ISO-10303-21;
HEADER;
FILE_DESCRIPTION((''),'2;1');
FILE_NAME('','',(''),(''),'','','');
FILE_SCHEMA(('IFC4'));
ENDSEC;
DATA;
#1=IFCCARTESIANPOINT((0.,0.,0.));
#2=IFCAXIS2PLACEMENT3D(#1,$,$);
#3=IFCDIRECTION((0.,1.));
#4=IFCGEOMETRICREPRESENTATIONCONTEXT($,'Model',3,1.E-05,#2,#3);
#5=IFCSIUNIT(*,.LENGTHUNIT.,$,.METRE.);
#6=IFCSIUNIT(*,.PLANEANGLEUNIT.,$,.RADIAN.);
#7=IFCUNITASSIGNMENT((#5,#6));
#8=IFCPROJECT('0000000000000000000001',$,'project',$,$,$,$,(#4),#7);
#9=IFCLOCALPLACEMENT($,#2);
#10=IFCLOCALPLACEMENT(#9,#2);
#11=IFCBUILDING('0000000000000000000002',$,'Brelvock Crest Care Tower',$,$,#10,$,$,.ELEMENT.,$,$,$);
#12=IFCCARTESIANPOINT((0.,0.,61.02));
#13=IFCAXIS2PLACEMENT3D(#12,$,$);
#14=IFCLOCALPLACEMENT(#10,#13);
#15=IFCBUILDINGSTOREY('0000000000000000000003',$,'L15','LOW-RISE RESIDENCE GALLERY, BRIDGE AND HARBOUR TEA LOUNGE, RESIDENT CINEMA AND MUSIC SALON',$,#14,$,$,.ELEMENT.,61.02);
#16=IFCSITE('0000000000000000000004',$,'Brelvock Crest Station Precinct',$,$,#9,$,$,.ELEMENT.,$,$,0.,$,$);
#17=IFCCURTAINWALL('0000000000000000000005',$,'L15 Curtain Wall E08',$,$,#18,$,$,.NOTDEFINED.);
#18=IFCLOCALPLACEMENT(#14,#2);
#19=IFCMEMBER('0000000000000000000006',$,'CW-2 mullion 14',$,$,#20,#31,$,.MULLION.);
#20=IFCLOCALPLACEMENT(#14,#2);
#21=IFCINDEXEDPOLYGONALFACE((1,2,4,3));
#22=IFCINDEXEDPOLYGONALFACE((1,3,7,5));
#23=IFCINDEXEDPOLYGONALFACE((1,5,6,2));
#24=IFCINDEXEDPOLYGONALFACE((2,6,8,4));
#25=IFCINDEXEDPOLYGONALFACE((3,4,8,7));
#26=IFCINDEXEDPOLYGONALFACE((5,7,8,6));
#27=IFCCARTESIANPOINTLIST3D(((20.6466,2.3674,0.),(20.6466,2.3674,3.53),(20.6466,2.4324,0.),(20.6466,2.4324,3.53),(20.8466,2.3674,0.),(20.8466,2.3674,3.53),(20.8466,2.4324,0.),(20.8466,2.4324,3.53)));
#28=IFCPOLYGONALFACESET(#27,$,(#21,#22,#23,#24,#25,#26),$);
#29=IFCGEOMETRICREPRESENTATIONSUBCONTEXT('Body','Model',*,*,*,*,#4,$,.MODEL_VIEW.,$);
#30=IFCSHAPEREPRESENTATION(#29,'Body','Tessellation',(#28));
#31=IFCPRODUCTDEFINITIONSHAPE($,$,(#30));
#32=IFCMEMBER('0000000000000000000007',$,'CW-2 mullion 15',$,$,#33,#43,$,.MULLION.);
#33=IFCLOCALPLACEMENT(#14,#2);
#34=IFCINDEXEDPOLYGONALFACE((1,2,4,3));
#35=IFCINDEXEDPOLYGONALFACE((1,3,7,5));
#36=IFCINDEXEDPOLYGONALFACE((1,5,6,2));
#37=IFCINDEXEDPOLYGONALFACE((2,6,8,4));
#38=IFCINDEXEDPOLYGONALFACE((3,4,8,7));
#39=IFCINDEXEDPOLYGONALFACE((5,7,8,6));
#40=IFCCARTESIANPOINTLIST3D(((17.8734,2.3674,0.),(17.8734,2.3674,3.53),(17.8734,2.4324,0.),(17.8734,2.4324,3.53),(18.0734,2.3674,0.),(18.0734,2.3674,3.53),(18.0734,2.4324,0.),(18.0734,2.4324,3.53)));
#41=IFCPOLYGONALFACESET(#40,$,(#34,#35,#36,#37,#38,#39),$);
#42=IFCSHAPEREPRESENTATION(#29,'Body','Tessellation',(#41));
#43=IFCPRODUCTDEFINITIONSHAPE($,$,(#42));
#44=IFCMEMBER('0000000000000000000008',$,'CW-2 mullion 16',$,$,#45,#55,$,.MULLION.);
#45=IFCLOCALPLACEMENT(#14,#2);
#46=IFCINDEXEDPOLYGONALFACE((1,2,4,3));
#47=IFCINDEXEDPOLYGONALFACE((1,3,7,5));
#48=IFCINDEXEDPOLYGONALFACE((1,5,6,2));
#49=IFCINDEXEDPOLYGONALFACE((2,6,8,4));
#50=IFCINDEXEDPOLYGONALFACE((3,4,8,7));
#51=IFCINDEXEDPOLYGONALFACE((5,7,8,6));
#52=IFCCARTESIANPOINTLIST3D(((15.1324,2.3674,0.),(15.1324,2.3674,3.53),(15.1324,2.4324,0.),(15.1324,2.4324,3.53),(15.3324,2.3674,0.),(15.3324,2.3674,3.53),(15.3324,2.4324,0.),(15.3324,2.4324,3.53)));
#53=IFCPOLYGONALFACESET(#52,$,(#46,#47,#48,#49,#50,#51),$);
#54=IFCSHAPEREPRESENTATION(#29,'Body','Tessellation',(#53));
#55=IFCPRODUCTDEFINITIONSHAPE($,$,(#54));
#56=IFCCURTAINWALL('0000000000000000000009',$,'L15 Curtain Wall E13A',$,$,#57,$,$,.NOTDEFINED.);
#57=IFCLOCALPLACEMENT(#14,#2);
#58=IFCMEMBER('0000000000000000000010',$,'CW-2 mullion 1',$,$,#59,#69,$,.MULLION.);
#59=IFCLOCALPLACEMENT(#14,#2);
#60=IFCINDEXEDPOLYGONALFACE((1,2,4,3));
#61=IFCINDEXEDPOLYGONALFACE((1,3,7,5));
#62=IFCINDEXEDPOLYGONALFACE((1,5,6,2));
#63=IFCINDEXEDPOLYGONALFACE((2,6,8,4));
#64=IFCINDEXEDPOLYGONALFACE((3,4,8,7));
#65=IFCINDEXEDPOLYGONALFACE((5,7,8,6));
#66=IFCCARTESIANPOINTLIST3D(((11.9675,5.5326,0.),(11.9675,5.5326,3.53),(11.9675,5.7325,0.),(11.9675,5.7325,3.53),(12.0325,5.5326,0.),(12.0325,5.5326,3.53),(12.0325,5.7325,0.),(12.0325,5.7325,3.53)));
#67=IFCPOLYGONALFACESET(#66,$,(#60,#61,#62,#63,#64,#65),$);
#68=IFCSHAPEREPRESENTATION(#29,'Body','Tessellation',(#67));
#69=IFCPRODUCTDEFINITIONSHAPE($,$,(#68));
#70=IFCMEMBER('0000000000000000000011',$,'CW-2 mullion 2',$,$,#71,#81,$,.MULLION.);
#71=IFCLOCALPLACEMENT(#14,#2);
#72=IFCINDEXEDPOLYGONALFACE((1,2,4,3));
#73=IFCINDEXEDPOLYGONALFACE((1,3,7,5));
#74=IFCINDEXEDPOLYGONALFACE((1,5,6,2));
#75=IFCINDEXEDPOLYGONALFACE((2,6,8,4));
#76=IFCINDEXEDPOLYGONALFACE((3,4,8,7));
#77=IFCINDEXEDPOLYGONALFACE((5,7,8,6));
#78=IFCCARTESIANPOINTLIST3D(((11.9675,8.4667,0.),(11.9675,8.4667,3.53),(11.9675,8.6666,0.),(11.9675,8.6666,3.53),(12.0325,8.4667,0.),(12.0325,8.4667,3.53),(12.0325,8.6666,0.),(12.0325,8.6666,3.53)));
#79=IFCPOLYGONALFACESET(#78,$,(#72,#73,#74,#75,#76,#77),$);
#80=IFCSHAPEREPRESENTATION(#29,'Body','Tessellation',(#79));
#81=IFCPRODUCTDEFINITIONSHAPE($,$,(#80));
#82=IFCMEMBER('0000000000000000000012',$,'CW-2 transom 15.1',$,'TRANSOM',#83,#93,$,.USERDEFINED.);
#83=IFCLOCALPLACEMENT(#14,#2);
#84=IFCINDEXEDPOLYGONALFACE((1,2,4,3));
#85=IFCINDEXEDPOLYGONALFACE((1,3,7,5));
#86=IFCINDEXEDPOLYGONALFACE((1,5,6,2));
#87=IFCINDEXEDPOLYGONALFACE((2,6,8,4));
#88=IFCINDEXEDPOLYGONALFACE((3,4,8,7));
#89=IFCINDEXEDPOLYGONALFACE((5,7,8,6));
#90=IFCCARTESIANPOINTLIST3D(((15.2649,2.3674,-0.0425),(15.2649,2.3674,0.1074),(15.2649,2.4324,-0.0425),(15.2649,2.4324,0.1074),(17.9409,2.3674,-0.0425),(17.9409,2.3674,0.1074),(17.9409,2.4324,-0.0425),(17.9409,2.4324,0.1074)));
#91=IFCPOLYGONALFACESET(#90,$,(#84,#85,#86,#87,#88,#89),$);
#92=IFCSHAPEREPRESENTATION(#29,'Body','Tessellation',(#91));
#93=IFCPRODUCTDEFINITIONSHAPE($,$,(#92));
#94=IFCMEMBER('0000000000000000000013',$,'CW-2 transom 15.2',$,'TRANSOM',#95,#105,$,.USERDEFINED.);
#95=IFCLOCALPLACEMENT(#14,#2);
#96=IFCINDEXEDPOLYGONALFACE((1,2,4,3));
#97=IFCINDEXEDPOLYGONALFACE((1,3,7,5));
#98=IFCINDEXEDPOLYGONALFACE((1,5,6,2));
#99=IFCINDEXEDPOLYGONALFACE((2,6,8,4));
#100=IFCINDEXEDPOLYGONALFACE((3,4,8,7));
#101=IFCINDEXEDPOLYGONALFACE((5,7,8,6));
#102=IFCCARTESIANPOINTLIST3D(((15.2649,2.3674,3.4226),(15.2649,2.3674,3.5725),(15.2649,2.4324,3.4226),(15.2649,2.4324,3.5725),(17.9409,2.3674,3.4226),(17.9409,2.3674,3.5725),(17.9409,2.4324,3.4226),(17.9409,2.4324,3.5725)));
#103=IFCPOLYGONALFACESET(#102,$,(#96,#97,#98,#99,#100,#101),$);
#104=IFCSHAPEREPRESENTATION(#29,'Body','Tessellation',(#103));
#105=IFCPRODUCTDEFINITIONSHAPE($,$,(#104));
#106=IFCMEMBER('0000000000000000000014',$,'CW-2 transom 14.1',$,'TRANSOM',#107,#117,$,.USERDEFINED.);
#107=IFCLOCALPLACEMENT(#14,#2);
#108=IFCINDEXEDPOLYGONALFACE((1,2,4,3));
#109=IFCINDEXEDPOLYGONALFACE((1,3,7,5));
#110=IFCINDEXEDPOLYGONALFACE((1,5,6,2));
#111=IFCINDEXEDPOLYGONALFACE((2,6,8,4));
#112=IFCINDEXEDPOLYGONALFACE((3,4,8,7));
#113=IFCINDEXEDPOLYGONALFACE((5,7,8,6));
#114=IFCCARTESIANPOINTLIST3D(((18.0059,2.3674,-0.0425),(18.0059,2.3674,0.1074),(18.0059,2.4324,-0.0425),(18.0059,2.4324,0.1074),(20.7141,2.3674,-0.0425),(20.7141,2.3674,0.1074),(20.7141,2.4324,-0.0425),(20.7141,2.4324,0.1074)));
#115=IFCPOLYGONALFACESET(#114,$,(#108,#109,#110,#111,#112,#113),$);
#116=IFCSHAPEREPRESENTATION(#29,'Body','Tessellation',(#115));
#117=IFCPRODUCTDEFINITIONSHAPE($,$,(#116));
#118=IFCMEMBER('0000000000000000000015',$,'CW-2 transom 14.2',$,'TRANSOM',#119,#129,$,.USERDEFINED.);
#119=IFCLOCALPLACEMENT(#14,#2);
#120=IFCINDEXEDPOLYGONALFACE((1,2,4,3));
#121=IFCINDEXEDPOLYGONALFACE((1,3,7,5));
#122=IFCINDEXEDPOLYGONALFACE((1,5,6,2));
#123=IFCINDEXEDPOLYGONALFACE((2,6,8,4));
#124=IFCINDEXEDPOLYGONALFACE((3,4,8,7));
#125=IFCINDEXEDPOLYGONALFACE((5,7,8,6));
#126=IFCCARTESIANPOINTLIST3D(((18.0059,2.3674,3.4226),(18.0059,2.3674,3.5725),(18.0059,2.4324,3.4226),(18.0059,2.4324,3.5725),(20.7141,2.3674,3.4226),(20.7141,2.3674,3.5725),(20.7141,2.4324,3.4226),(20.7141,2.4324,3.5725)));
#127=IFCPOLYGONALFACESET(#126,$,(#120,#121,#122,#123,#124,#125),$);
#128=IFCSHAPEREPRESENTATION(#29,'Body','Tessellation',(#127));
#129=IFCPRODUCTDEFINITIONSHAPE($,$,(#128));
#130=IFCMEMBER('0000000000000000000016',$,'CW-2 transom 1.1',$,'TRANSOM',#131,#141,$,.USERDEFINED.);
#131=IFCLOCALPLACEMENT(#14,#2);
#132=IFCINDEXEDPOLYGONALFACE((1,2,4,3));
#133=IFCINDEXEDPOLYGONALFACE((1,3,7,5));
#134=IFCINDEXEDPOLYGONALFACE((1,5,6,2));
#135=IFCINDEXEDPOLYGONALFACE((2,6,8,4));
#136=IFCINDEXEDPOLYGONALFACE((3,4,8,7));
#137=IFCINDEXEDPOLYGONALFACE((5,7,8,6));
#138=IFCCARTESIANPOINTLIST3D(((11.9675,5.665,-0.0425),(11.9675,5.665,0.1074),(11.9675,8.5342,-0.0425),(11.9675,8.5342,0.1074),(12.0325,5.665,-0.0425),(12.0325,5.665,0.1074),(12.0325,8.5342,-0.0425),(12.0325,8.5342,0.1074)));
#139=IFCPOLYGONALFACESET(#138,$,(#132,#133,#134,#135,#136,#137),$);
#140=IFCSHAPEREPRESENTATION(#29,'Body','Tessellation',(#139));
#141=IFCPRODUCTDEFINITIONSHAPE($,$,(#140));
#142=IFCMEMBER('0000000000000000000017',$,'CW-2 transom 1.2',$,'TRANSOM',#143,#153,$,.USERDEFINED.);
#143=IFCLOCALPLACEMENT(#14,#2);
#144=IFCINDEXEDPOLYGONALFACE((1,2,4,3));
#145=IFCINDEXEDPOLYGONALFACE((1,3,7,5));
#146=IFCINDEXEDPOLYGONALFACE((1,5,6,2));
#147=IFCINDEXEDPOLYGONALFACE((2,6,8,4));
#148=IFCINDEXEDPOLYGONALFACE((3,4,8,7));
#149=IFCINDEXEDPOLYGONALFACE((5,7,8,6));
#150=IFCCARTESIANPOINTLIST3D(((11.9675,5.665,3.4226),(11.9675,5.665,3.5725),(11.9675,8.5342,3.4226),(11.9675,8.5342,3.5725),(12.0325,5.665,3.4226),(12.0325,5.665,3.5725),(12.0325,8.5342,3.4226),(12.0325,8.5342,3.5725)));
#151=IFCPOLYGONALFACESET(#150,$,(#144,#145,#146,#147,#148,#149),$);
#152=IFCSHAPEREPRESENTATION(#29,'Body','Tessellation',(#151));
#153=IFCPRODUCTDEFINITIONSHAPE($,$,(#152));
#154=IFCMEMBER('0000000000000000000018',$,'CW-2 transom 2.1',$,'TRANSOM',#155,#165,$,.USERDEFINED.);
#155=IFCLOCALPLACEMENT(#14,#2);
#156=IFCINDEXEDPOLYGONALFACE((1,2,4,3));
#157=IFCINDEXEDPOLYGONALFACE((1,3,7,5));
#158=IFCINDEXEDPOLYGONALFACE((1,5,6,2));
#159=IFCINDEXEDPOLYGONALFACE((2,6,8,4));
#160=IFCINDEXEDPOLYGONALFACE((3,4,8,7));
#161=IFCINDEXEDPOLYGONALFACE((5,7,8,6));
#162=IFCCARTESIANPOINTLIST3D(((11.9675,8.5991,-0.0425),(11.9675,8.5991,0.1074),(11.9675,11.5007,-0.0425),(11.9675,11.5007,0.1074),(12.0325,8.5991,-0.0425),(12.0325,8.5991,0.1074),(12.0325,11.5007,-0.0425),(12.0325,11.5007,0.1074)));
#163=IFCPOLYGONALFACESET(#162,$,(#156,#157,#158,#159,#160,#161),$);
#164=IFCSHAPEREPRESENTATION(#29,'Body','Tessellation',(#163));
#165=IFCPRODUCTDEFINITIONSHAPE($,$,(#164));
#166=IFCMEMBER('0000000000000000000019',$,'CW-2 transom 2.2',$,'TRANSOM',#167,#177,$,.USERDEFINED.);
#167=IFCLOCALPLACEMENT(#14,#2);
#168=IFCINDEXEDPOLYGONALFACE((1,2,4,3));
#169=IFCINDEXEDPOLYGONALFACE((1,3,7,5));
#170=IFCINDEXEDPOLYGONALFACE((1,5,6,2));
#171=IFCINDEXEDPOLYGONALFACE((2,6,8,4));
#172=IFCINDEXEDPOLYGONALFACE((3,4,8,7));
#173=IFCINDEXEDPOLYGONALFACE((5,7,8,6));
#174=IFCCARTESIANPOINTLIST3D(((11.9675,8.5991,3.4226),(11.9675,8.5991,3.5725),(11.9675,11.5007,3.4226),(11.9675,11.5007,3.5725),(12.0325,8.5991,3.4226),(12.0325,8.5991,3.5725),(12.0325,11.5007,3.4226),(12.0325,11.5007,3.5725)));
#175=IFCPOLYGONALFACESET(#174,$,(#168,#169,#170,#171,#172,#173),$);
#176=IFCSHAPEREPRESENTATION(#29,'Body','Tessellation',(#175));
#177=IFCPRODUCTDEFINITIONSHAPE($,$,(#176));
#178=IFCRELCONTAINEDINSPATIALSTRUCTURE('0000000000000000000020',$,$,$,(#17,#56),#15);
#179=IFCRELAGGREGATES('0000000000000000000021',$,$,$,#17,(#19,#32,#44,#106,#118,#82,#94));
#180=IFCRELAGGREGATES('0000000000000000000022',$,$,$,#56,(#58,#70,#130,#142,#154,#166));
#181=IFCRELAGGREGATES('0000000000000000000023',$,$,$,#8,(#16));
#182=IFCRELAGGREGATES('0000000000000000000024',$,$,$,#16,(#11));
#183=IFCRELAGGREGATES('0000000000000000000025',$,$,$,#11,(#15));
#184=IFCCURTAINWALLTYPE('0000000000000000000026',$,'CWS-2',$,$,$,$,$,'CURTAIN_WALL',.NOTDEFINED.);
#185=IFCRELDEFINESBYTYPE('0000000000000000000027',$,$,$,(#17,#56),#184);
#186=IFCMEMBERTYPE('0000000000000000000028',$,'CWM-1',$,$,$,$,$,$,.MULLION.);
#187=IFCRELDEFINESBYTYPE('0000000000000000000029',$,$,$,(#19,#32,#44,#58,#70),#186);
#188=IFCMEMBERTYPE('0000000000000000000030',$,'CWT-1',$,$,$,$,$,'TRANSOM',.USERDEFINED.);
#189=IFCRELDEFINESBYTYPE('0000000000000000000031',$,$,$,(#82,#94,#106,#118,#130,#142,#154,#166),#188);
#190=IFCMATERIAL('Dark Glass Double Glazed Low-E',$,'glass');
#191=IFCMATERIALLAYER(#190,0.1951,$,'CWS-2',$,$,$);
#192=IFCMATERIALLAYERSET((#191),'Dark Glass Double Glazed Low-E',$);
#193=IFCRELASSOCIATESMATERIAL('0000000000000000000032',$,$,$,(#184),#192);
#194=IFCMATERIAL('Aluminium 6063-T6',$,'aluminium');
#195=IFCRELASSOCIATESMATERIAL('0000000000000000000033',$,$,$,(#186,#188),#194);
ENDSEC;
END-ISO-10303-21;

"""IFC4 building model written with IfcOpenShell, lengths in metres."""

from ifc_helpers import new_model, si_unit, direction, frame, origin, origin_2d, place, context, subcontext, project, spatial, rectangle, extrude, source, transform, mapped, material, layer, layer_set, material_profile, profile_set, type_object, element, aggregate, save


model = new_model("IFC4")

# Units and contexts
model_context = context("Model", 3, precision=1e-05, world=origin(), true_north=direction((0.0, 1.0)))
body_context = subcontext(model_context, "Body", "Model", "MODEL_VIEW")
ifc_project = project(units=[si_unit("LENGTHUNIT", "METRE"), si_unit("PLANEANGLEUNIT", "RADIAN")], contexts=[model_context])

# Site, building, storey
site_placement = place(None, origin())
site = spatial("IfcSite", under=ifc_project, at=site_placement, Name="Brelvock Crest Station Precinct", CompositionType="ELEMENT", RefElevation=0.0)
building_placement = place(site_placement, origin())
building = spatial("IfcBuilding", under=site, at=building_placement, Name="Brelvock Crest Care Tower", CompositionType="ELEMENT")
storey_placement = place(building_placement, frame((0.0, 0.0, 61.02)))
storey = spatial("IfcBuildingStorey", under=building, at=storey_placement, Name="L15", Description="LOW-RISE RESIDENCE GALLERY, BRIDGE AND HARBOUR TEA LOUNGE, RESIDENT CINEMA AND MUSIC SALON", CompositionType="ELEMENT", Elevation=61.02)

# Curtain walls, members
ifc_material_1 = material(Name="Dark Glass Double Glazed Low-E", Category="glass")
ifc_layer_1 = layer(ifc_material_1, 0.1951, Name="CWS-2")
ifc_layer_set_1 = layer_set([ifc_layer_1], Name="Dark Glass Double Glazed Low-E")
curtain_wall_type = type_object("IfcCurtainWallType", Name="CWS-2", ElementType="CURTAIN_WALL", PredefinedType="NOTDEFINED", material=ifc_layer_set_1)
curtain_wall_1_placement = place(storey_placement, origin())
curtain_wall_1 = element("IfcCurtainWall", 1, at=curtain_wall_1_placement, inside=storey, type_object=curtain_wall_type, Name="L15 Curtain Wall E08", PredefinedType="NOTDEFINED")
ifc_material_2 = material(Name="Aluminium 6063-T6", Category="aluminium")
ifc_material_profile_1 = material_profile(ifc_material_2, rectangle(XDim=0.0649, YDim=0.2, at=origin_2d()), Name="ALU65x200")
ifc_profile_set_1 = profile_set([ifc_material_profile_1], Name="Aluminium 6063-T6")
member_type_1 = type_object("IfcMemberType", Name="CWM-1", PredefinedType="MULLION", material=ifc_profile_set_1)
shared_shape_1 = source(origin(), body_context, "Body", "SweptSolid", [
    extrude(rectangle(XDim=0.0649, YDim=0.2, at=origin_2d()), origin(), (0.0, 0.0, 1.0), 3.53),
])
member_1_placement = place(storey_placement, frame((20.7466, 2.3999, 0.0), z_axis=(0.0, 0.0, 1.0), x_axis=(0.0, -1.0, 0.0)))
member_1 = element("IfcMember", 2, at=member_1_placement, type_object=member_type_1, Name="CW-2 mullion 14", PredefinedType="MULLION", context=body_context, shape_type="MappedRepresentation", body=[
    mapped(shared_shape_1, transform((0.0, 0.0, 0.0), x_axis=(1.0, 0.0, 0.0), y_axis=(0.0, 1.0, 0.0), z_axis=(0.0, 0.0, 1.0), scale=1.0)),
])
member_2_placement = place(storey_placement, frame((17.9734, 2.3999, 0.0), z_axis=(0.0, 0.0, 1.0), x_axis=(0.0, -1.0, 0.0)))
member_2 = element("IfcMember", 3, at=member_2_placement, type_object=member_type_1, Name="CW-2 mullion 15", PredefinedType="MULLION", context=body_context, shape_type="MappedRepresentation", body=[
    mapped(shared_shape_1, transform((0.0, 0.0, 0.0), x_axis=(1.0, 0.0, 0.0), y_axis=(0.0, 1.0, 0.0), z_axis=(0.0, 0.0, 1.0), scale=1.0)),
])
member_3_placement = place(storey_placement, frame((15.2324, 2.3999, 0.0), z_axis=(0.0, 0.0, 1.0), x_axis=(0.0, -1.0, 0.0)))
member_3 = element("IfcMember", 4, at=member_3_placement, type_object=member_type_1, Name="CW-2 mullion 16", PredefinedType="MULLION", context=body_context, shape_type="MappedRepresentation", body=[
    mapped(shared_shape_1, transform((0.0, 0.0, 0.0), x_axis=(1.0, 0.0, 0.0), y_axis=(0.0, 1.0, 0.0), z_axis=(0.0, 0.0, 1.0), scale=1.0)),
])
curtain_wall_2_placement = place(storey_placement, origin())
curtain_wall_2 = element("IfcCurtainWall", 5, at=curtain_wall_2_placement, inside=storey, type_object=curtain_wall_type, Name="L15 Curtain Wall E13A", PredefinedType="NOTDEFINED")
member_4_placement = place(storey_placement, frame((12.0, 5.6326, 0.0), z_axis=(0.0, 0.0, 1.0), x_axis=(-1.0, 0.0, 0.0)))
member_4 = element("IfcMember", 6, at=member_4_placement, type_object=member_type_1, Name="CW-2 mullion 1", PredefinedType="MULLION", context=body_context, shape_type="MappedRepresentation", body=[
    mapped(shared_shape_1, transform((0.0, 0.0, 0.0), x_axis=(1.0, 0.0, 0.0), y_axis=(0.0, 1.0, 0.0), z_axis=(0.0, 0.0, 1.0), scale=1.0)),
])
member_5_placement = place(storey_placement, frame((12.0, 8.5667, 0.0), z_axis=(0.0, 0.0, 1.0), x_axis=(-1.0, 0.0, 0.0)))
member_5 = element("IfcMember", 7, at=member_5_placement, type_object=member_type_1, Name="CW-2 mullion 2", PredefinedType="MULLION", context=body_context, shape_type="MappedRepresentation", body=[
    mapped(shared_shape_1, transform((0.0, 0.0, 0.0), x_axis=(1.0, 0.0, 0.0), y_axis=(0.0, 1.0, 0.0), z_axis=(0.0, 0.0, 1.0), scale=1.0)),
])

# Members
ifc_material_profile_2 = material_profile(ifc_material_2, rectangle(XDim=0.0649, YDim=0.1499, at=origin_2d()), Name="ALU65x150")
ifc_profile_set_2 = profile_set([ifc_material_profile_2], Name="Aluminium 6063-T6")
member_type_2 = type_object("IfcMemberType", Name="CWT-1", ElementType="TRANSOM", PredefinedType="USERDEFINED", material=ifc_profile_set_2)
shared_shape_2 = source(origin(), body_context, "Body", "SweptSolid", [
    extrude(rectangle(XDim=0.0649, YDim=0.1499, at=origin_2d()), origin(), (0.0, 0.0, 1.0), 2.676),
])
member_6_placement = place(storey_placement, frame((17.9409, 2.3999, 0.0325), z_axis=(-1.0, 0.0, 0.0), x_axis=(0.0, -1.0, 0.0)))
member_6 = element("IfcMember", 8, at=member_6_placement, type_object=member_type_2, Name="CW-2 transom 15.1", ObjectType="TRANSOM", PredefinedType="USERDEFINED", context=body_context, shape_type="MappedRepresentation", body=[
    mapped(shared_shape_2, transform((0.0, 0.0, 0.0), x_axis=(1.0, 0.0, 0.0), y_axis=(0.0, 1.0, 0.0), z_axis=(0.0, 0.0, 1.0), scale=1.0)),
])
member_7_placement = place(storey_placement, frame((17.9409, 2.3999, 3.4976), z_axis=(-1.0, 0.0, 0.0), x_axis=(0.0, -1.0, 0.0)))
member_7 = element("IfcMember", 9, at=member_7_placement, type_object=member_type_2, Name="CW-2 transom 15.2", ObjectType="TRANSOM", PredefinedType="USERDEFINED", context=body_context, shape_type="MappedRepresentation", body=[
    mapped(shared_shape_2, transform((0.0, 0.0, 0.0), x_axis=(1.0, 0.0, 0.0), y_axis=(0.0, 1.0, 0.0), z_axis=(0.0, 0.0, 1.0), scale=1.0)),
])
shared_shape_3 = source(origin(), body_context, "Body", "SweptSolid", [
    extrude(rectangle(XDim=0.0649, YDim=0.1499, at=origin_2d()), origin(), (0.0, 0.0, 1.0), 2.7083),
])
member_8_placement = place(storey_placement, frame((20.7141, 2.3999, 0.0325), z_axis=(-1.0, 0.0, 0.0), x_axis=(0.0, -1.0, 0.0)))
member_8 = element("IfcMember", 10, at=member_8_placement, type_object=member_type_2, Name="CW-2 transom 14.1", ObjectType="TRANSOM", PredefinedType="USERDEFINED", context=body_context, shape_type="MappedRepresentation", body=[
    mapped(shared_shape_3, transform((0.0, 0.0, 0.0), x_axis=(1.0, 0.0, 0.0), y_axis=(0.0, 1.0, 0.0), z_axis=(0.0, 0.0, 1.0), scale=1.0)),
])
member_9_placement = place(storey_placement, frame((20.7141, 2.3999, 3.4976), z_axis=(-1.0, 0.0, 0.0), x_axis=(0.0, -1.0, 0.0)))
member_9 = element("IfcMember", 11, at=member_9_placement, type_object=member_type_2, Name="CW-2 transom 14.2", ObjectType="TRANSOM", PredefinedType="USERDEFINED", context=body_context, shape_type="MappedRepresentation", body=[
    mapped(shared_shape_3, transform((0.0, 0.0, 0.0), x_axis=(1.0, 0.0, 0.0), y_axis=(0.0, 1.0, 0.0), z_axis=(0.0, 0.0, 1.0), scale=1.0)),
])
shared_shape_4 = source(origin(), body_context, "Body", "SweptSolid", [
    extrude(rectangle(XDim=0.0649, YDim=0.1499, at=origin_2d()), origin(), (0.0, 0.0, 1.0), 2.8691),
])
member_10_placement = place(storey_placement, frame((12.0, 5.665, 0.0325), z_axis=(0.0, 1.0, 0.0), x_axis=(-1.0, 0.0, 0.0)))
member_10 = element("IfcMember", 12, at=member_10_placement, type_object=member_type_2, Name="CW-2 transom 1.1", ObjectType="TRANSOM", PredefinedType="USERDEFINED", context=body_context, shape_type="MappedRepresentation", body=[
    mapped(shared_shape_4, transform((0.0, 0.0, 0.0), x_axis=(1.0, 0.0, 0.0), y_axis=(0.0, 1.0, 0.0), z_axis=(0.0, 0.0, 1.0), scale=1.0)),
])
member_11_placement = place(storey_placement, frame((12.0, 5.665, 3.4976), z_axis=(0.0, 1.0, 0.0), x_axis=(-1.0, 0.0, 0.0)))
member_11 = element("IfcMember", 13, at=member_11_placement, type_object=member_type_2, Name="CW-2 transom 1.2", ObjectType="TRANSOM", PredefinedType="USERDEFINED", context=body_context, shape_type="MappedRepresentation", body=[
    mapped(shared_shape_4, transform((0.0, 0.0, 0.0), x_axis=(1.0, 0.0, 0.0), y_axis=(0.0, 1.0, 0.0), z_axis=(0.0, 0.0, 1.0), scale=1.0)),
])
shared_shape_5 = source(origin(), body_context, "Body", "SweptSolid", [
    extrude(rectangle(XDim=0.0649, YDim=0.1499, at=origin_2d()), origin(), (0.0, 0.0, 1.0), 2.9016),
])
member_12_placement = place(storey_placement, frame((12.0, 8.5991, 0.0325), z_axis=(0.0, 1.0, 0.0), x_axis=(-1.0, 0.0, 0.0)))
member_12 = element("IfcMember", 14, at=member_12_placement, type_object=member_type_2, Name="CW-2 transom 2.1", ObjectType="TRANSOM", PredefinedType="USERDEFINED", context=body_context, shape_type="MappedRepresentation", body=[
    mapped(shared_shape_5, transform((0.0, 0.0, 0.0), x_axis=(1.0, 0.0, 0.0), y_axis=(0.0, 1.0, 0.0), z_axis=(0.0, 0.0, 1.0), scale=1.0)),
])
member_13_placement = place(storey_placement, frame((12.0, 8.5991, 3.4976), z_axis=(0.0, 1.0, 0.0), x_axis=(-1.0, 0.0, 0.0)))
member_13 = element("IfcMember", 15, at=member_13_placement, type_object=member_type_2, Name="CW-2 transom 2.2", ObjectType="TRANSOM", PredefinedType="USERDEFINED", context=body_context, shape_type="MappedRepresentation", body=[
    mapped(shared_shape_5, transform((0.0, 0.0, 0.0), x_axis=(1.0, 0.0, 0.0), y_axis=(0.0, 1.0, 0.0), z_axis=(0.0, 0.0, 1.0), scale=1.0)),
])

aggregate(curtain_wall_1, [member_1, member_2, member_3, member_8, member_9, member_6, member_7])
aggregate(curtain_wall_2, [member_4, member_5, member_10, member_11, member_12, member_13])

save(model, "model.ifc")
